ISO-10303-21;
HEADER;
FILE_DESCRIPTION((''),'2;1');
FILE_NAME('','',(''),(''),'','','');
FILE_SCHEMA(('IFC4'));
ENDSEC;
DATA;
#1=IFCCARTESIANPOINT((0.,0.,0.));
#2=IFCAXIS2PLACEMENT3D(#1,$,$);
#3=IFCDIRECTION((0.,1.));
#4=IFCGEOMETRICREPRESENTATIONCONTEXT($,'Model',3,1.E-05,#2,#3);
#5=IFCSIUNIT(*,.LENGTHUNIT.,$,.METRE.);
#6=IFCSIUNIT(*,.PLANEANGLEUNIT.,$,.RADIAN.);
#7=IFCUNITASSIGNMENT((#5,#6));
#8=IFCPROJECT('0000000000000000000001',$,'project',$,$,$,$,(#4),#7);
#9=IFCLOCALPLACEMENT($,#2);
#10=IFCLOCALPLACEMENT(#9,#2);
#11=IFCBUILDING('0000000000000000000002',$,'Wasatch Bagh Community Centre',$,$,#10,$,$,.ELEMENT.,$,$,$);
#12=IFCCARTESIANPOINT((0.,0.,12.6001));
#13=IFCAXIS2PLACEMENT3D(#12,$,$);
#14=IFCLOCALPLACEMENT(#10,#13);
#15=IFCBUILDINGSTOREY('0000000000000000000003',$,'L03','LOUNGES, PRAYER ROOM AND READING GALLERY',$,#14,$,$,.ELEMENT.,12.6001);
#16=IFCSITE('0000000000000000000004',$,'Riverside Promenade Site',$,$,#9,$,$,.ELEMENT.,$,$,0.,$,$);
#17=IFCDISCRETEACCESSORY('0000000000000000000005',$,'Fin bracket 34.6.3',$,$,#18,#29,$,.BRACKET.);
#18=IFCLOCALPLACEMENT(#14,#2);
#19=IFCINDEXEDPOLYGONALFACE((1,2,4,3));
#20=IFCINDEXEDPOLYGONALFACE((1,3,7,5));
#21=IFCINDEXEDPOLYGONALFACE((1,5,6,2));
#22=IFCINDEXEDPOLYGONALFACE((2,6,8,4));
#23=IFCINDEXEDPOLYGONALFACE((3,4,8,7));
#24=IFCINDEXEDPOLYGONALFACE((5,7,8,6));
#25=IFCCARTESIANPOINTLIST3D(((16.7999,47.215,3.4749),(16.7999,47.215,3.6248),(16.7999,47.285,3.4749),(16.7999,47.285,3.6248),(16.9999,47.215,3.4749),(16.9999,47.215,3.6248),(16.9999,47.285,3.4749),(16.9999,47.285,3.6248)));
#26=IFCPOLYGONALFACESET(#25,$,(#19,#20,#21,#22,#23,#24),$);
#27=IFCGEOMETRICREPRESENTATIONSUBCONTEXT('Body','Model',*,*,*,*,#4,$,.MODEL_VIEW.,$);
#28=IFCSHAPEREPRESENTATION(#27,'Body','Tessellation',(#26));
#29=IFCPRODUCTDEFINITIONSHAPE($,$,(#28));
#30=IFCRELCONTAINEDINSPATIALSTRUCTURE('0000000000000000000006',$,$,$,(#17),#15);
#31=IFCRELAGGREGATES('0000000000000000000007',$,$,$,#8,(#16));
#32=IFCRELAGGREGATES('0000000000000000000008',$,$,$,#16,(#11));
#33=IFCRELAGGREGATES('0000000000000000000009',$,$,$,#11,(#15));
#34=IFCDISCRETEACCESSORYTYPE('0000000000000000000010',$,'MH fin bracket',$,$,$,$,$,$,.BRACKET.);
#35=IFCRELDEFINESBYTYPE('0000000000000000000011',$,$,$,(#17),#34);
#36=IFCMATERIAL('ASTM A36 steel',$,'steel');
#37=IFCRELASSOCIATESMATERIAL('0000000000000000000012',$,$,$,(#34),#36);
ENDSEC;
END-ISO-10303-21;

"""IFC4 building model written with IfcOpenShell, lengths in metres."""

from ifc_helpers import new_model, si_unit, direction, frame, origin, origin_2d, place, context, subcontext, project, spatial, rectangle, extrude, material, type_object, element, save


model = new_model("IFC4")

# Units and contexts
model_context = context("Model", 3, precision=1e-05, world=origin(), true_north=direction((0.0, 1.0)))
body_context = subcontext(model_context, "Body", "Model", "MODEL_VIEW")
ifc_project = project(units=[si_unit("LENGTHUNIT", "METRE"), si_unit("PLANEANGLEUNIT", "RADIAN")], contexts=[model_context])

# Site, building, storey
site_placement = place(None, origin())
site = spatial("IfcSite", under=ifc_project, at=site_placement, Name="Riverside Promenade Site", CompositionType="ELEMENT", RefElevation=0.0)
building_placement = place(site_placement, origin())
building = spatial("IfcBuilding", under=site, at=building_placement, Name="Wasatch Bagh Community Centre", CompositionType="ELEMENT")
storey_placement = place(building_placement, frame((0.0, 0.0, 12.6001)))
storey = spatial("IfcBuildingStorey", under=building, at=storey_placement, Name="L03", Description="LOUNGES, PRAYER ROOM AND READING GALLERY", CompositionType="ELEMENT", Elevation=12.6001)

# Discrete accessory
ifc_material_1 = material(Name="ASTM A36 steel", Category="steel")
discrete_accessory_type = type_object("IfcDiscreteAccessoryType", Name="MH fin bracket", PredefinedType="BRACKET", material=ifc_material_1)
for number, where, z_axis, x_axis, name in (
    (1, (16.8999, 47.25, 3.4749), (0.0, 0.0, 1.0), (0.0, -1.0, 0.0), "Fin bracket 34.6.3"),
):
    element("IfcDiscreteAccessory", number, at=place(storey_placement, frame(where, z_axis=z_axis, x_axis=x_axis)), inside=storey, type_object=discrete_accessory_type, Name=name, PredefinedType="BRACKET", context=body_context, shape_type="SweptSolid", body=[
        extrude(rectangle(XDim=0.0701, YDim=0.2, at=origin_2d()), origin(), (0.0, 0.0, 1.0), 0.1499),
    ])

save(model, "model.ifc")
